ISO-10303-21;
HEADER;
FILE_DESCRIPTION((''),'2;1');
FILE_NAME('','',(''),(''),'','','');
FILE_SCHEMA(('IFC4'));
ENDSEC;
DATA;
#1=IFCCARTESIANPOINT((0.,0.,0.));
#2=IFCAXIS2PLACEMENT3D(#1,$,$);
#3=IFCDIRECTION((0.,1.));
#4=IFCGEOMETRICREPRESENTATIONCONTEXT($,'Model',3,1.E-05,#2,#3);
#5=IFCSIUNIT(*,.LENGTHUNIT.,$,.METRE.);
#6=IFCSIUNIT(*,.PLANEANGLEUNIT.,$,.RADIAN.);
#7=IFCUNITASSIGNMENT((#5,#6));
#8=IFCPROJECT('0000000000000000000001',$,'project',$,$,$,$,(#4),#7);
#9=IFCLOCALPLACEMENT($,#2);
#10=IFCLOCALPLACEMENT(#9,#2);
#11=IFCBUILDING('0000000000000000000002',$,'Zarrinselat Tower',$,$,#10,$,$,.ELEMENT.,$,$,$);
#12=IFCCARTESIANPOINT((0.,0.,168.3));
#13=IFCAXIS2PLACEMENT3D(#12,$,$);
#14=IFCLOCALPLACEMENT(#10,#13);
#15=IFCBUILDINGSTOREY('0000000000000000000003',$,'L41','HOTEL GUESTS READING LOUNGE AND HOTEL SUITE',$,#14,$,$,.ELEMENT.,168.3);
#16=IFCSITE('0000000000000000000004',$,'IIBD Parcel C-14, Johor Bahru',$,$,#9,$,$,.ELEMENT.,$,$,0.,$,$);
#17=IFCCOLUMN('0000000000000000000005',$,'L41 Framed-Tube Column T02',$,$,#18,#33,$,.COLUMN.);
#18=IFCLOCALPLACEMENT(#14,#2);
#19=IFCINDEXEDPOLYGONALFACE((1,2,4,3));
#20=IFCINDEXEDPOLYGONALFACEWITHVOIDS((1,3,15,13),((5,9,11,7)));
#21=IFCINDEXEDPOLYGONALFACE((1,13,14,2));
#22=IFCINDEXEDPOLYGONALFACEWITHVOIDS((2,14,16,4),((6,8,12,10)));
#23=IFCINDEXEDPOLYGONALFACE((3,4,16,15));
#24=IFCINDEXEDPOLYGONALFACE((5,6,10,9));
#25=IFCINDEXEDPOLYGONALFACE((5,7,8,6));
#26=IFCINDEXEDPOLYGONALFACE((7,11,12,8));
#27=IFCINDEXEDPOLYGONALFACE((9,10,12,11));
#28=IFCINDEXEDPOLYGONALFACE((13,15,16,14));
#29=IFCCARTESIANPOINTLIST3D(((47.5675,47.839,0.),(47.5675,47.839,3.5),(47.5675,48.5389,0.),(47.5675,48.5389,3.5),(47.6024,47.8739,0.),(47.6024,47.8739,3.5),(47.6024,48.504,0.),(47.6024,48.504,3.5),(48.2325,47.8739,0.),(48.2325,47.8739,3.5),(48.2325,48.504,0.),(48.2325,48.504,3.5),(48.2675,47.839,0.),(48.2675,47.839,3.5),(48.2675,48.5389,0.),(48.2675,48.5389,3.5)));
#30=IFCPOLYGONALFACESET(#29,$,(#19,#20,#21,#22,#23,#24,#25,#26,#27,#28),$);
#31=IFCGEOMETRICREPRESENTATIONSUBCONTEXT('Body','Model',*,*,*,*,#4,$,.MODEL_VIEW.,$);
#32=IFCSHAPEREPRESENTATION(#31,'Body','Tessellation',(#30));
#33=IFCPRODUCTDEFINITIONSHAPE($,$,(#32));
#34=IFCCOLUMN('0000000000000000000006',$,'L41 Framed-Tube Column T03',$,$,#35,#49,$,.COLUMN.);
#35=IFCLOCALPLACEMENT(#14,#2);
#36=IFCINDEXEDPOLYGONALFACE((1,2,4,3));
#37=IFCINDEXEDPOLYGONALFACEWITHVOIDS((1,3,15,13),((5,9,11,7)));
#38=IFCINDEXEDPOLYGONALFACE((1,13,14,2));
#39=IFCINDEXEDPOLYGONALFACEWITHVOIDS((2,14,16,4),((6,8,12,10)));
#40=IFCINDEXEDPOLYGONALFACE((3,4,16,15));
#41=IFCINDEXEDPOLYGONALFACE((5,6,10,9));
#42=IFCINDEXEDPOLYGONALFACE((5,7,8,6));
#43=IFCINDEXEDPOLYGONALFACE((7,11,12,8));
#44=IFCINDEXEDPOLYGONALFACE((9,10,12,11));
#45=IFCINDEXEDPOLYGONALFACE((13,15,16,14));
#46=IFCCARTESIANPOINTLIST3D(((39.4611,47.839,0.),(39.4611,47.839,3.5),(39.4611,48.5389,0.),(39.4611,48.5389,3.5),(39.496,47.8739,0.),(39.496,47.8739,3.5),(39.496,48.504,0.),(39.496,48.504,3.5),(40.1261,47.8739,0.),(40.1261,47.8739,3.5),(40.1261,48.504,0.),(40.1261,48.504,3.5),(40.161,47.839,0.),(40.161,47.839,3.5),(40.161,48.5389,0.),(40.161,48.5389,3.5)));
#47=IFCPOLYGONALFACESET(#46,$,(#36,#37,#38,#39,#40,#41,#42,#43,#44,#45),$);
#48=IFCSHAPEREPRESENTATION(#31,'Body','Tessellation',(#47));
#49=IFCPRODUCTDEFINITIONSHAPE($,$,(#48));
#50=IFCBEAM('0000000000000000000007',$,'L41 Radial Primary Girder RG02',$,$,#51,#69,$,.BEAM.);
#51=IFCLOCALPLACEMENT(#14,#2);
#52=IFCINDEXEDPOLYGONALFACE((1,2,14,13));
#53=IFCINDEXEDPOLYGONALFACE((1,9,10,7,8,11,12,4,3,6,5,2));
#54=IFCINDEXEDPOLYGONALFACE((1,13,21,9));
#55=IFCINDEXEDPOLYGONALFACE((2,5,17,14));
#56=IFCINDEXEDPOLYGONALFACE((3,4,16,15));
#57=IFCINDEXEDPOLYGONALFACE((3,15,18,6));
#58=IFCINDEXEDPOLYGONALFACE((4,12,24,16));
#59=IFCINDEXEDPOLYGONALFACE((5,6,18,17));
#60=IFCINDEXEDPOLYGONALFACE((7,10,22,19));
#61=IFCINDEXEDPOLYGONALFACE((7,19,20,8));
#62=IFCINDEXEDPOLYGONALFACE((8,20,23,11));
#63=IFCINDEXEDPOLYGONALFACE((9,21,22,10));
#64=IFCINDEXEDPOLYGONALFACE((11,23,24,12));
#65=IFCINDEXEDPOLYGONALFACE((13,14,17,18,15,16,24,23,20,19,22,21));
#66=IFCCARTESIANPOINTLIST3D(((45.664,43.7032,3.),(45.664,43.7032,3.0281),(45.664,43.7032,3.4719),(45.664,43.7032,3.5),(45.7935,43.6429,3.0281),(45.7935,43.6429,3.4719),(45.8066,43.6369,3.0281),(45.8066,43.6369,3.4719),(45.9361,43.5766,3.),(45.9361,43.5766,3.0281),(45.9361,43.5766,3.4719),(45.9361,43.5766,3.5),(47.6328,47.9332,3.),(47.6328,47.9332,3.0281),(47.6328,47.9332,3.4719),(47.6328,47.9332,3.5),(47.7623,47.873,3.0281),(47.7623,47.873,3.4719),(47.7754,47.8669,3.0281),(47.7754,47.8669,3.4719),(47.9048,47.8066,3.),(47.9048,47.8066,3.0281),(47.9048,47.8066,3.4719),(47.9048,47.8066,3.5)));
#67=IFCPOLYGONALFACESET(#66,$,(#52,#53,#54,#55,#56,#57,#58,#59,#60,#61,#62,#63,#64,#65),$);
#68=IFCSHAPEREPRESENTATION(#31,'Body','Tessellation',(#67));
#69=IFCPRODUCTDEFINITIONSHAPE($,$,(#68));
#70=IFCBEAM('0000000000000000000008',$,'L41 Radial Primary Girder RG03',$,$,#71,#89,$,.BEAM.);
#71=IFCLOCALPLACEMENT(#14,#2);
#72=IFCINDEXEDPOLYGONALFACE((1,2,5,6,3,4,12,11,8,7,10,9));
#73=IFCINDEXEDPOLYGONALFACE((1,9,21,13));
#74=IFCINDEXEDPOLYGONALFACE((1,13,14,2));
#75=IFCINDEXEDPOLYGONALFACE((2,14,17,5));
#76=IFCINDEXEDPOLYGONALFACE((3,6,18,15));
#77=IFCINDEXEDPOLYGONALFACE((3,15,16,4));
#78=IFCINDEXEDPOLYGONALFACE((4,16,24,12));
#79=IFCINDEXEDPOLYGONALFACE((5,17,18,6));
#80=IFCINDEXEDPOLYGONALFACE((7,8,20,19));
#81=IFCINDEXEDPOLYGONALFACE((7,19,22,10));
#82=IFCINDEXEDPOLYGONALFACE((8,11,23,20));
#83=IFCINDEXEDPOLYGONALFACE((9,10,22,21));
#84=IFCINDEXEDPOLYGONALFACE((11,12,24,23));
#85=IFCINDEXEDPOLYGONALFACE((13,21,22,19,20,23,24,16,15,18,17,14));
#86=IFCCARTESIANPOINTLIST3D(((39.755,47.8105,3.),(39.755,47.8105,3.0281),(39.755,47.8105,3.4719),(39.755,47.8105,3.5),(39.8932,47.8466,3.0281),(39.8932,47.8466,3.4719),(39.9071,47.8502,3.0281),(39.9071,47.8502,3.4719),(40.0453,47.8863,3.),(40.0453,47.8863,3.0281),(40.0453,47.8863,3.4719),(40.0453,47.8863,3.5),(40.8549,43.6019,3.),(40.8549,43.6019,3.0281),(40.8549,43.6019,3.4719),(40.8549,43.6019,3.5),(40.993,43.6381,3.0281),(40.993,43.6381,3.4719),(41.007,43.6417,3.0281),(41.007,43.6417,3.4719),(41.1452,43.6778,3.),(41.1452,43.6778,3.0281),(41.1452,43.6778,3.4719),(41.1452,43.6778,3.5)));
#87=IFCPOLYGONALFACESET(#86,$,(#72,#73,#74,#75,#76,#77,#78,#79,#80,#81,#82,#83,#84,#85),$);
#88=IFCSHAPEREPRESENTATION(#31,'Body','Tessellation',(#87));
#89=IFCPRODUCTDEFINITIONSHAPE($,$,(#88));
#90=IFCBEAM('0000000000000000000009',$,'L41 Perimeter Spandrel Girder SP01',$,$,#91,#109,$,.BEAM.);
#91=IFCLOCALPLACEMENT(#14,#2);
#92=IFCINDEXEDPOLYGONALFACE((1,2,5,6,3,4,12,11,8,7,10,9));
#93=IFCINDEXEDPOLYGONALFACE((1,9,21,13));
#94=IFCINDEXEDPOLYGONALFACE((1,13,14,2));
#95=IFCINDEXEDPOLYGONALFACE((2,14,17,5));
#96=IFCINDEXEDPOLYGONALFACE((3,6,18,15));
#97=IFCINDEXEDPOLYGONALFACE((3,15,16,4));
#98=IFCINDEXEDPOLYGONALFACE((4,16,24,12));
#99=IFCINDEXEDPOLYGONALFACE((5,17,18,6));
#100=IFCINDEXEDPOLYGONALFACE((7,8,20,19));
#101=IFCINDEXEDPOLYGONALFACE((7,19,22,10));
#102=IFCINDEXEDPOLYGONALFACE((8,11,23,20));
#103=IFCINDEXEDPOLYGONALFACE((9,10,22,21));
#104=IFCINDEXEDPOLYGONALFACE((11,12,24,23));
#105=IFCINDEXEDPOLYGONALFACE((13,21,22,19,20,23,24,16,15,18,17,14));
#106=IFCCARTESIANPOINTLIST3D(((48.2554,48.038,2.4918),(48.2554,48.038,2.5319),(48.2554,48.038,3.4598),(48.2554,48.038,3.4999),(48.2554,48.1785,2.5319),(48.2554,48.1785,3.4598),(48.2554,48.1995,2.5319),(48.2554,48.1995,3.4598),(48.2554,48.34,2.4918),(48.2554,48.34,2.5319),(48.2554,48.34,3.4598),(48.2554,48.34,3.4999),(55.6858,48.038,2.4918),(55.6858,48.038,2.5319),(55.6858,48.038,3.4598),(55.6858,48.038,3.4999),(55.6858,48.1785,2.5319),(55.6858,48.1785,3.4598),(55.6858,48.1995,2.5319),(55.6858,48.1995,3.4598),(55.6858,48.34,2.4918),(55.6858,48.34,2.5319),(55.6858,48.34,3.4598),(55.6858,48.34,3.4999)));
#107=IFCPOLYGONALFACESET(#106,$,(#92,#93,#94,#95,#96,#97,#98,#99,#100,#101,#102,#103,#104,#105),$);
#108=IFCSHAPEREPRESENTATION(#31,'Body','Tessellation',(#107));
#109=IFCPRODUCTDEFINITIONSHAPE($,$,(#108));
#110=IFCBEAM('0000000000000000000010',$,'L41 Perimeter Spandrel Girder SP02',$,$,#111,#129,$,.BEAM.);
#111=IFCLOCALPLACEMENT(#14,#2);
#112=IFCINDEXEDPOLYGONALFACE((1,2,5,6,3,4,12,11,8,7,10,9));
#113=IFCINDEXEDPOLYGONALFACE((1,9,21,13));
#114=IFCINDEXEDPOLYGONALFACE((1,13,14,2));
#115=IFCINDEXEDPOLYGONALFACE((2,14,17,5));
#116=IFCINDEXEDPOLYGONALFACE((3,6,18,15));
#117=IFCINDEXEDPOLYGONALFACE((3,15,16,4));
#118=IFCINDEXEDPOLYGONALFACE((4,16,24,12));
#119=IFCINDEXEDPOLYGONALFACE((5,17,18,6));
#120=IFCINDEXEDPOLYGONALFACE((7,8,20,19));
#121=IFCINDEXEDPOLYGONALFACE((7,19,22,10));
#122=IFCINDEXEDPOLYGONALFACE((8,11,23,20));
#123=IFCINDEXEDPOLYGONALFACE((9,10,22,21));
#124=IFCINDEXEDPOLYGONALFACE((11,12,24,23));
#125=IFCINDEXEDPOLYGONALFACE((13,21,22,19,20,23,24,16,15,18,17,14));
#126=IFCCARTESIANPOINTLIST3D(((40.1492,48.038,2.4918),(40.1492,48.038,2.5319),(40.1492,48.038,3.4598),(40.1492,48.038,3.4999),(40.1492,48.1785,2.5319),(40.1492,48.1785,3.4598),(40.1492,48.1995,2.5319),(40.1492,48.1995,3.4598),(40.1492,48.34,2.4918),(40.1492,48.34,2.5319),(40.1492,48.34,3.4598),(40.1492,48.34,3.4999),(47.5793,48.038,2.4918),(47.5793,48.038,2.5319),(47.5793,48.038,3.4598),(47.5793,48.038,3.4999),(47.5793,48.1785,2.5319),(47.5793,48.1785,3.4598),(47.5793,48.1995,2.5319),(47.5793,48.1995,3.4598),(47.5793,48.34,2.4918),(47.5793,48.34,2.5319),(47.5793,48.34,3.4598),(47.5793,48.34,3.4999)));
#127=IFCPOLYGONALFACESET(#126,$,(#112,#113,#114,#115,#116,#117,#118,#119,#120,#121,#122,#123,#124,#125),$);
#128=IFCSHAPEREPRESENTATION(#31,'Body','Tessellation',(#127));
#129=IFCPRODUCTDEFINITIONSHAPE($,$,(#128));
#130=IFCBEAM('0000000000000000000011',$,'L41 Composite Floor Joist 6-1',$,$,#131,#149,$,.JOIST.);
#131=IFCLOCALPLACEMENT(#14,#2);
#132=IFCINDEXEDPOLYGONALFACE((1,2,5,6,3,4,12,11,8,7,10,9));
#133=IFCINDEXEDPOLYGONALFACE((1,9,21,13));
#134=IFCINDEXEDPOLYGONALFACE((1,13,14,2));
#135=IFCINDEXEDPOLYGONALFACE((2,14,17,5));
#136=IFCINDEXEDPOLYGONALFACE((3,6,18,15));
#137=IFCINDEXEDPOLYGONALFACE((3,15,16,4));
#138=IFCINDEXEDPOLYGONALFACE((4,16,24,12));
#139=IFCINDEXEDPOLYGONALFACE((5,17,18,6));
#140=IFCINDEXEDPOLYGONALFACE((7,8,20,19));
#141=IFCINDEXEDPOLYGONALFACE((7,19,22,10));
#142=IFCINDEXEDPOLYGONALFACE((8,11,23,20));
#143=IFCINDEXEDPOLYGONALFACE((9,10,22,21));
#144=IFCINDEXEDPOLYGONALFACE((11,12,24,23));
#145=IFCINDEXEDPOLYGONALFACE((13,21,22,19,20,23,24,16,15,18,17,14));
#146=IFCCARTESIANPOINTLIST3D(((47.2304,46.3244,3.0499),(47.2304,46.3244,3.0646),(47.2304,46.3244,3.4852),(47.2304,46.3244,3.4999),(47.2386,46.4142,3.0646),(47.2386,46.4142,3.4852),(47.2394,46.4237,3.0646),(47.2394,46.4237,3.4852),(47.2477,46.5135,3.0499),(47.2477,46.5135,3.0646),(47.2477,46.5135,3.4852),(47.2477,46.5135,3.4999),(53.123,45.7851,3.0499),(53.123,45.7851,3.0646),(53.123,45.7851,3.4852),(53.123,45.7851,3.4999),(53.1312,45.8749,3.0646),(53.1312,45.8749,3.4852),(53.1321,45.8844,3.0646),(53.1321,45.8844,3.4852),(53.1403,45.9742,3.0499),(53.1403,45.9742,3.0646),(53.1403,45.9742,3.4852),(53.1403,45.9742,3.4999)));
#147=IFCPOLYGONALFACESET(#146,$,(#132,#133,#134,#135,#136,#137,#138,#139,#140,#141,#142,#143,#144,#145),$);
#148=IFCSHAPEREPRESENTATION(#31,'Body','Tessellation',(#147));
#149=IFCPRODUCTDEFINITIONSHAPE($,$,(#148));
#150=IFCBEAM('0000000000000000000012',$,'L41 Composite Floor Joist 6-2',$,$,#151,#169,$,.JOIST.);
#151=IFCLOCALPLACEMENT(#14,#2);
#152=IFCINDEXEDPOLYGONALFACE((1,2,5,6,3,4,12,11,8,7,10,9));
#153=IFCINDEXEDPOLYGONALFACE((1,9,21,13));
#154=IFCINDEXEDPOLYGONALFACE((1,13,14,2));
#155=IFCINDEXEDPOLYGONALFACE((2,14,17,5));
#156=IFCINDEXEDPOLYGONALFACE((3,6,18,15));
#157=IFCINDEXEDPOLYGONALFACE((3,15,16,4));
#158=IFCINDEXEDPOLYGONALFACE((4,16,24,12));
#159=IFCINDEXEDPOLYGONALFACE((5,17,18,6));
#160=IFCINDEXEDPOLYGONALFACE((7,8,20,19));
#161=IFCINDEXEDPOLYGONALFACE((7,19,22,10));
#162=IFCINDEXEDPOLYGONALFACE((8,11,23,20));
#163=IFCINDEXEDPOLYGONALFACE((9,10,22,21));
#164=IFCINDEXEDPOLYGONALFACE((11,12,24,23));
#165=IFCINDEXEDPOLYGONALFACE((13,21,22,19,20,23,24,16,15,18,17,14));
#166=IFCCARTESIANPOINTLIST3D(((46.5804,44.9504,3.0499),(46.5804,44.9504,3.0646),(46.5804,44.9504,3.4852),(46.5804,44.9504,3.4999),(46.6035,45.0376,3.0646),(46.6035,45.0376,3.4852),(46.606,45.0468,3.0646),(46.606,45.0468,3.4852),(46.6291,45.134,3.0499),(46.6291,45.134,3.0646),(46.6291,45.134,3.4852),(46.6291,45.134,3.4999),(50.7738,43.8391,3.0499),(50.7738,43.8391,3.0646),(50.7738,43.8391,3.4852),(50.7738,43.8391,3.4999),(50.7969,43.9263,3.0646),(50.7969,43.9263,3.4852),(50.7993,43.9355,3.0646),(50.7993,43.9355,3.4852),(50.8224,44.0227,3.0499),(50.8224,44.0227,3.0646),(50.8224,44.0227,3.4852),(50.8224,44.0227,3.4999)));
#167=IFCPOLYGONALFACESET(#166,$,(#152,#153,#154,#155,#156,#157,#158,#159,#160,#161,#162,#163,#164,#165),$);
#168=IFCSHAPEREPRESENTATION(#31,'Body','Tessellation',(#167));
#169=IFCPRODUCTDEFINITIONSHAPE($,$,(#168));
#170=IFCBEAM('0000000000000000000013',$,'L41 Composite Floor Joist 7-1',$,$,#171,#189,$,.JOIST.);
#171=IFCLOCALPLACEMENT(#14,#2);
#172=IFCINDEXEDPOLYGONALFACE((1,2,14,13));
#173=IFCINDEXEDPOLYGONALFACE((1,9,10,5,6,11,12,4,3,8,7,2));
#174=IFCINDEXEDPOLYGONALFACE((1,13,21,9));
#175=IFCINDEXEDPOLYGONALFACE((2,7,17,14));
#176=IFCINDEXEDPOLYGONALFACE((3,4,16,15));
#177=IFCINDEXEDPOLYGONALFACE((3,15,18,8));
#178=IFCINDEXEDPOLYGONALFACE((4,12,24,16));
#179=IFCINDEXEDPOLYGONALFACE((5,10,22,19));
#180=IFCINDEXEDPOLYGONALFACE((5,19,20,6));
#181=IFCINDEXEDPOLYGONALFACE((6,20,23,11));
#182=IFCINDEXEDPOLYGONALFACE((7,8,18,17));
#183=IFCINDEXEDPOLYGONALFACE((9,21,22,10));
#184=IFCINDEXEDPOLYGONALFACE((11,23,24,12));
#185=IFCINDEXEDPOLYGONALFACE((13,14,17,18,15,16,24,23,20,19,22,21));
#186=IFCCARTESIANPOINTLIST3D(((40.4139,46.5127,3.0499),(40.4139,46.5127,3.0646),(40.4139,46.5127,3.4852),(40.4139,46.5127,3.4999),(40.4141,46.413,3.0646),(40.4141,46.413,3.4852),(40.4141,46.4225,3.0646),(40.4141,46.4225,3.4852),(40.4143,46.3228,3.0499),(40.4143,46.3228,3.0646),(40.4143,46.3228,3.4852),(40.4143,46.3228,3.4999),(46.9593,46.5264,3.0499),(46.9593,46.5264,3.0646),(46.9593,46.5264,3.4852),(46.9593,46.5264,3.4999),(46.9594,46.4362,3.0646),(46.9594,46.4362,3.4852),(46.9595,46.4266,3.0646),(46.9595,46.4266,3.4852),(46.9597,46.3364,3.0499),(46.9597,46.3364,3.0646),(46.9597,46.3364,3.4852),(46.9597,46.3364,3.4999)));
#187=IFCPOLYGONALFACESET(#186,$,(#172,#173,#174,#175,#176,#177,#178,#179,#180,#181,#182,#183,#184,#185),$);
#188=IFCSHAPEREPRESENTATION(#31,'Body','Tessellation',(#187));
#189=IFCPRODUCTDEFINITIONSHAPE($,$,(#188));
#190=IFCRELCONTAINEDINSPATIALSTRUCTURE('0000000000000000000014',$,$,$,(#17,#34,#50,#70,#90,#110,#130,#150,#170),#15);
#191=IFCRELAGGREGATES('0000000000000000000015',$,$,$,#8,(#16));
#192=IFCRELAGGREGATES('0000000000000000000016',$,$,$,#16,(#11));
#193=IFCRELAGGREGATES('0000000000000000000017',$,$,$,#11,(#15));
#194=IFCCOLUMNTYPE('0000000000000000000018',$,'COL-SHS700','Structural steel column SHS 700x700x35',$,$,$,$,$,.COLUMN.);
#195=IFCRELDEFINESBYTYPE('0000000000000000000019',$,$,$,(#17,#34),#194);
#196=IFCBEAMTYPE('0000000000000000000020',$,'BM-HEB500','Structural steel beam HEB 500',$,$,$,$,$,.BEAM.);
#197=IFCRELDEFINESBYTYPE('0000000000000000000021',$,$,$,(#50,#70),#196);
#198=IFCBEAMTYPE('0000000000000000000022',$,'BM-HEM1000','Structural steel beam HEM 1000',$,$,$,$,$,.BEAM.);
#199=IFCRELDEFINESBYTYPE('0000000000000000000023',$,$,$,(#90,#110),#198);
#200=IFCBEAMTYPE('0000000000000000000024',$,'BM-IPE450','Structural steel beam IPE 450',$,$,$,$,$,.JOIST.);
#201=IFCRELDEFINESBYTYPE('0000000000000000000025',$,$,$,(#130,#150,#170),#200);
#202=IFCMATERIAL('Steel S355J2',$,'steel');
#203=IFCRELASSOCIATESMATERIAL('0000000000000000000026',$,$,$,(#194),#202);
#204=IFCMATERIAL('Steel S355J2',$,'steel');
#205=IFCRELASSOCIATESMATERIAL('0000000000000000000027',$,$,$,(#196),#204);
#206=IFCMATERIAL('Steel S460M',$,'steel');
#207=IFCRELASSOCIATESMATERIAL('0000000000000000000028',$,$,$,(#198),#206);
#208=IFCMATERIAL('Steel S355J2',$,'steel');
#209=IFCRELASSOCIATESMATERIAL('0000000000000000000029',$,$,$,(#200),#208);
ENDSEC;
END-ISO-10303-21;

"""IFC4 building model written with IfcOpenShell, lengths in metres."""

from ifc_helpers import new_model, si_unit, direction, frame, origin, origin_2d, place, context, subcontext, project, spatial, hollow_rectangle, i_section, extrude, material, material_profile, profile_set, type_object, element, save


model = new_model("IFC4")

# Units and contexts
model_context = context("Model", 3, precision=1e-05, world=origin(), true_north=direction((0.0, 1.0)))
body_context = subcontext(model_context, "Body", "Model", "MODEL_VIEW")
ifc_project = project(units=[si_unit("LENGTHUNIT", "METRE"), si_unit("PLANEANGLEUNIT", "RADIAN")], contexts=[model_context])

# Site, building, storey
site_placement = place(None, origin())
site = spatial("IfcSite", under=ifc_project, at=site_placement, Name="IIBD Parcel C-14, Johor Bahru", CompositionType="ELEMENT", RefElevation=0.0)
building_placement = place(site_placement, origin())
building = spatial("IfcBuilding", under=site, at=building_placement, Name="Zarrinselat Tower", CompositionType="ELEMENT")
storey_placement = place(building_placement, frame((0.0, 0.0, 168.3)))
storey = spatial("IfcBuildingStorey", under=building, at=storey_placement, Name="L41", Description="HOTEL GUESTS READING LOUNGE AND HOTEL SUITE", CompositionType="ELEMENT", Elevation=168.3)

# Columns
ifc_material_1 = material(Name="Steel S355J2", Category="steel")
ifc_material_profile_1 = material_profile(ifc_material_1, hollow_rectangle(XDim=0.7, YDim=0.7, WallThickness=0.0349, at=origin_2d()), Name="SHS 700x700x35")
ifc_profile_set_1 = profile_set([ifc_material_profile_1], Name="Steel S355J2")
column_type = type_object("IfcColumnType", Name="COL-SHS700", Description="Structural steel column SHS 700x700x35", PredefinedType="COLUMN", material=ifc_profile_set_1)
for number, where, z_axis, x_axis, name in (
    (1, (47.9175, 48.189, 0.0), (0.0, 0.0, 1.0), (1.0, 0.0, 0.0), "L41 Framed-Tube Column T02"),
    (2, (39.811, 48.189, 0.0), (0.0, 0.0, 1.0), (1.0, 0.0, 0.0), "L41 Framed-Tube Column T03"),
):
    element("IfcColumn", number, at=place(storey_placement, frame(where, z_axis=z_axis, x_axis=x_axis)), inside=storey, type_object=column_type, Name=name, PredefinedType="COLUMN", context=body_context, shape_type="SweptSolid", body=[
        extrude(hollow_rectangle(XDim=0.7, YDim=0.7, WallThickness=0.0349, at=origin_2d()), origin(), (0.0, 0.0, 1.0), 3.5),
    ])

# Beams
ifc_material_2 = material(Name="Steel S355J2", Category="steel")
ifc_material_profile_2 = material_profile(ifc_material_2, i_section(OverallWidth=0.3, OverallDepth=0.5, WebThickness=0.0144, FlangeThickness=0.0281, at=origin_2d()), Name="HEB 500")
ifc_profile_set_2 = profile_set([ifc_material_profile_2], Name="Steel S355J2")
beam_type_1 = type_object("IfcBeamType", Name="BM-HEB500", Description="Structural steel beam HEB 500", PredefinedType="BEAM", material=ifc_profile_set_2)
beam_1_placement = place(storey_placement, frame((45.8, 43.6399, 3.25), z_axis=(0.421963, 0.906613, 0.0), x_axis=(-0.906613, 0.421963, 0.0)))
element("IfcBeam", 3, at=beam_1_placement, inside=storey, type_object=beam_type_1, Name="L41 Radial Primary Girder RG02", PredefinedType="BEAM", context=body_context, shape_type="SweptSolid", body=[
    extrude(i_section(OverallWidth=0.3, OverallDepth=0.5, WebThickness=0.0144, FlangeThickness=0.0281, at=origin_2d()), origin(), (0.0, 0.0, 1.0), 4.6658),
])
beam_2_placement = place(storey_placement, frame((39.9001, 47.8484, 3.25), z_axis=(0.252849, -0.967506, 0.0), x_axis=(0.967506, 0.252849, 0.0)))
element("IfcBeam", 4, at=beam_2_placement, inside=storey, type_object=beam_type_1, Name="L41 Radial Primary Girder RG03", PredefinedType="BEAM", context=body_context, shape_type="SweptSolid", body=[
    extrude(i_section(OverallWidth=0.3, OverallDepth=0.5, WebThickness=0.0144, FlangeThickness=0.0281, at=origin_2d()), origin(), (0.0, 0.0, 1.0), 4.3499),
])
ifc_material_3 = material(Name="Steel S460M", Category="steel")
ifc_material_profile_3 = material_profile(ifc_material_3, i_section(OverallWidth=0.302, OverallDepth=1.0081, WebThickness=0.021, FlangeThickness=0.04, at=origin_2d()), Name="HEM 1000")
ifc_profile_set_3 = profile_set([ifc_material_profile_3], Name="Steel S460M")
beam_type_2 = type_object("IfcBeamType", Name="BM-HEM1000", Description="Structural steel beam HEM 1000", PredefinedType="BEAM", material=ifc_profile_set_3)
beam_3_placement = place(storey_placement, frame((48.2554, 48.189, 2.9958), z_axis=(1.0, 0.0, 0.0), x_axis=(0.0, 1.0, 0.0)))
element("IfcBeam", 5, at=beam_3_placement, inside=storey, type_object=beam_type_2, Name="L41 Perimeter Spandrel Girder SP01", PredefinedType="BEAM", context=body_context, shape_type="SweptSolid", body=[
    extrude(i_section(OverallWidth=0.302, OverallDepth=1.0081, WebThickness=0.021, FlangeThickness=0.04, at=origin_2d()), origin(), (0.0, 0.0, 1.0), 7.4304),
])
beam_4_placement = place(storey_placement, frame((40.1492, 48.189, 2.9958), z_axis=(1.0, 0.0, 0.0), x_axis=(0.0, 1.0, 0.0)))
element("IfcBeam", 6, at=beam_4_placement, inside=storey, type_object=beam_type_2, Name="L41 Perimeter Spandrel Girder SP02", PredefinedType="BEAM", context=body_context, shape_type="SweptSolid", body=[
    extrude(i_section(OverallWidth=0.302, OverallDepth=1.0081, WebThickness=0.021, FlangeThickness=0.04, at=origin_2d()), origin(), (0.0, 0.0, 1.0), 7.4302),
])
ifc_material_4 = material(Name="Steel S355J2", Category="steel")
ifc_material_profile_4 = material_profile(ifc_material_4, i_section(OverallWidth=0.1899, OverallDepth=0.45, WebThickness=0.0095, FlangeThickness=0.0146, at=origin_2d()), Name="IPE 450")
ifc_profile_set_4 = profile_set([ifc_material_profile_4], Name="Steel S355J2")
beam_type_3 = type_object("IfcBeamType", Name="BM-IPE450", Description="Structural steel beam IPE 450", PredefinedType="JOIST", material=ifc_profile_set_4)
beam_5_placement = place(storey_placement, frame((47.239, 46.4189, 3.2749), z_axis=(0.995838, -0.091142, 0.0), x_axis=(0.091142, 0.995838, 0.0)))
element("IfcBeam", 7, at=beam_5_placement, inside=storey, type_object=beam_type_3, Name="L41 Composite Floor Joist 6-1", PredefinedType="JOIST", context=body_context, shape_type="SweptSolid", body=[
    extrude(i_section(OverallWidth=0.1899, OverallDepth=0.45, WebThickness=0.0095, FlangeThickness=0.0146, at=origin_2d()), origin(), (0.0, 0.0, 1.0), 5.9172),
])
beam_6_placement = place(storey_placement, frame((46.6047, 45.0422, 3.2749), z_axis=(0.96663, -0.256177, 0.0), x_axis=(0.256177, 0.96663, 0.0)))
element("IfcBeam", 8, at=beam_6_placement, inside=storey, type_object=beam_type_3, Name="L41 Composite Floor Joist 6-2", PredefinedType="JOIST", context=body_context, shape_type="SweptSolid", body=[
    extrude(i_section(OverallWidth=0.1899, OverallDepth=0.45, WebThickness=0.0095, FlangeThickness=0.0146, at=origin_2d()), origin(), (0.0, 0.0, 1.0), 4.3381),
])
beam_7_placement = place(storey_placement, frame((40.4141, 46.4177, 3.2749), z_axis=(0.999998, 0.002089, 0.0), x_axis=(-0.002089, 0.999998, 0.0)))
element("IfcBeam", 9, at=beam_7_placement, inside=storey, type_object=beam_type_3, Name="L41 Composite Floor Joist 7-1", PredefinedType="JOIST", context=body_context, shape_type="SweptSolid", body=[
    extrude(i_section(OverallWidth=0.1899, OverallDepth=0.45, WebThickness=0.0095, FlangeThickness=0.0146, at=origin_2d()), origin(), (0.0, 0.0, 1.0), 6.5454),
])

save(model, "model.ifc")
